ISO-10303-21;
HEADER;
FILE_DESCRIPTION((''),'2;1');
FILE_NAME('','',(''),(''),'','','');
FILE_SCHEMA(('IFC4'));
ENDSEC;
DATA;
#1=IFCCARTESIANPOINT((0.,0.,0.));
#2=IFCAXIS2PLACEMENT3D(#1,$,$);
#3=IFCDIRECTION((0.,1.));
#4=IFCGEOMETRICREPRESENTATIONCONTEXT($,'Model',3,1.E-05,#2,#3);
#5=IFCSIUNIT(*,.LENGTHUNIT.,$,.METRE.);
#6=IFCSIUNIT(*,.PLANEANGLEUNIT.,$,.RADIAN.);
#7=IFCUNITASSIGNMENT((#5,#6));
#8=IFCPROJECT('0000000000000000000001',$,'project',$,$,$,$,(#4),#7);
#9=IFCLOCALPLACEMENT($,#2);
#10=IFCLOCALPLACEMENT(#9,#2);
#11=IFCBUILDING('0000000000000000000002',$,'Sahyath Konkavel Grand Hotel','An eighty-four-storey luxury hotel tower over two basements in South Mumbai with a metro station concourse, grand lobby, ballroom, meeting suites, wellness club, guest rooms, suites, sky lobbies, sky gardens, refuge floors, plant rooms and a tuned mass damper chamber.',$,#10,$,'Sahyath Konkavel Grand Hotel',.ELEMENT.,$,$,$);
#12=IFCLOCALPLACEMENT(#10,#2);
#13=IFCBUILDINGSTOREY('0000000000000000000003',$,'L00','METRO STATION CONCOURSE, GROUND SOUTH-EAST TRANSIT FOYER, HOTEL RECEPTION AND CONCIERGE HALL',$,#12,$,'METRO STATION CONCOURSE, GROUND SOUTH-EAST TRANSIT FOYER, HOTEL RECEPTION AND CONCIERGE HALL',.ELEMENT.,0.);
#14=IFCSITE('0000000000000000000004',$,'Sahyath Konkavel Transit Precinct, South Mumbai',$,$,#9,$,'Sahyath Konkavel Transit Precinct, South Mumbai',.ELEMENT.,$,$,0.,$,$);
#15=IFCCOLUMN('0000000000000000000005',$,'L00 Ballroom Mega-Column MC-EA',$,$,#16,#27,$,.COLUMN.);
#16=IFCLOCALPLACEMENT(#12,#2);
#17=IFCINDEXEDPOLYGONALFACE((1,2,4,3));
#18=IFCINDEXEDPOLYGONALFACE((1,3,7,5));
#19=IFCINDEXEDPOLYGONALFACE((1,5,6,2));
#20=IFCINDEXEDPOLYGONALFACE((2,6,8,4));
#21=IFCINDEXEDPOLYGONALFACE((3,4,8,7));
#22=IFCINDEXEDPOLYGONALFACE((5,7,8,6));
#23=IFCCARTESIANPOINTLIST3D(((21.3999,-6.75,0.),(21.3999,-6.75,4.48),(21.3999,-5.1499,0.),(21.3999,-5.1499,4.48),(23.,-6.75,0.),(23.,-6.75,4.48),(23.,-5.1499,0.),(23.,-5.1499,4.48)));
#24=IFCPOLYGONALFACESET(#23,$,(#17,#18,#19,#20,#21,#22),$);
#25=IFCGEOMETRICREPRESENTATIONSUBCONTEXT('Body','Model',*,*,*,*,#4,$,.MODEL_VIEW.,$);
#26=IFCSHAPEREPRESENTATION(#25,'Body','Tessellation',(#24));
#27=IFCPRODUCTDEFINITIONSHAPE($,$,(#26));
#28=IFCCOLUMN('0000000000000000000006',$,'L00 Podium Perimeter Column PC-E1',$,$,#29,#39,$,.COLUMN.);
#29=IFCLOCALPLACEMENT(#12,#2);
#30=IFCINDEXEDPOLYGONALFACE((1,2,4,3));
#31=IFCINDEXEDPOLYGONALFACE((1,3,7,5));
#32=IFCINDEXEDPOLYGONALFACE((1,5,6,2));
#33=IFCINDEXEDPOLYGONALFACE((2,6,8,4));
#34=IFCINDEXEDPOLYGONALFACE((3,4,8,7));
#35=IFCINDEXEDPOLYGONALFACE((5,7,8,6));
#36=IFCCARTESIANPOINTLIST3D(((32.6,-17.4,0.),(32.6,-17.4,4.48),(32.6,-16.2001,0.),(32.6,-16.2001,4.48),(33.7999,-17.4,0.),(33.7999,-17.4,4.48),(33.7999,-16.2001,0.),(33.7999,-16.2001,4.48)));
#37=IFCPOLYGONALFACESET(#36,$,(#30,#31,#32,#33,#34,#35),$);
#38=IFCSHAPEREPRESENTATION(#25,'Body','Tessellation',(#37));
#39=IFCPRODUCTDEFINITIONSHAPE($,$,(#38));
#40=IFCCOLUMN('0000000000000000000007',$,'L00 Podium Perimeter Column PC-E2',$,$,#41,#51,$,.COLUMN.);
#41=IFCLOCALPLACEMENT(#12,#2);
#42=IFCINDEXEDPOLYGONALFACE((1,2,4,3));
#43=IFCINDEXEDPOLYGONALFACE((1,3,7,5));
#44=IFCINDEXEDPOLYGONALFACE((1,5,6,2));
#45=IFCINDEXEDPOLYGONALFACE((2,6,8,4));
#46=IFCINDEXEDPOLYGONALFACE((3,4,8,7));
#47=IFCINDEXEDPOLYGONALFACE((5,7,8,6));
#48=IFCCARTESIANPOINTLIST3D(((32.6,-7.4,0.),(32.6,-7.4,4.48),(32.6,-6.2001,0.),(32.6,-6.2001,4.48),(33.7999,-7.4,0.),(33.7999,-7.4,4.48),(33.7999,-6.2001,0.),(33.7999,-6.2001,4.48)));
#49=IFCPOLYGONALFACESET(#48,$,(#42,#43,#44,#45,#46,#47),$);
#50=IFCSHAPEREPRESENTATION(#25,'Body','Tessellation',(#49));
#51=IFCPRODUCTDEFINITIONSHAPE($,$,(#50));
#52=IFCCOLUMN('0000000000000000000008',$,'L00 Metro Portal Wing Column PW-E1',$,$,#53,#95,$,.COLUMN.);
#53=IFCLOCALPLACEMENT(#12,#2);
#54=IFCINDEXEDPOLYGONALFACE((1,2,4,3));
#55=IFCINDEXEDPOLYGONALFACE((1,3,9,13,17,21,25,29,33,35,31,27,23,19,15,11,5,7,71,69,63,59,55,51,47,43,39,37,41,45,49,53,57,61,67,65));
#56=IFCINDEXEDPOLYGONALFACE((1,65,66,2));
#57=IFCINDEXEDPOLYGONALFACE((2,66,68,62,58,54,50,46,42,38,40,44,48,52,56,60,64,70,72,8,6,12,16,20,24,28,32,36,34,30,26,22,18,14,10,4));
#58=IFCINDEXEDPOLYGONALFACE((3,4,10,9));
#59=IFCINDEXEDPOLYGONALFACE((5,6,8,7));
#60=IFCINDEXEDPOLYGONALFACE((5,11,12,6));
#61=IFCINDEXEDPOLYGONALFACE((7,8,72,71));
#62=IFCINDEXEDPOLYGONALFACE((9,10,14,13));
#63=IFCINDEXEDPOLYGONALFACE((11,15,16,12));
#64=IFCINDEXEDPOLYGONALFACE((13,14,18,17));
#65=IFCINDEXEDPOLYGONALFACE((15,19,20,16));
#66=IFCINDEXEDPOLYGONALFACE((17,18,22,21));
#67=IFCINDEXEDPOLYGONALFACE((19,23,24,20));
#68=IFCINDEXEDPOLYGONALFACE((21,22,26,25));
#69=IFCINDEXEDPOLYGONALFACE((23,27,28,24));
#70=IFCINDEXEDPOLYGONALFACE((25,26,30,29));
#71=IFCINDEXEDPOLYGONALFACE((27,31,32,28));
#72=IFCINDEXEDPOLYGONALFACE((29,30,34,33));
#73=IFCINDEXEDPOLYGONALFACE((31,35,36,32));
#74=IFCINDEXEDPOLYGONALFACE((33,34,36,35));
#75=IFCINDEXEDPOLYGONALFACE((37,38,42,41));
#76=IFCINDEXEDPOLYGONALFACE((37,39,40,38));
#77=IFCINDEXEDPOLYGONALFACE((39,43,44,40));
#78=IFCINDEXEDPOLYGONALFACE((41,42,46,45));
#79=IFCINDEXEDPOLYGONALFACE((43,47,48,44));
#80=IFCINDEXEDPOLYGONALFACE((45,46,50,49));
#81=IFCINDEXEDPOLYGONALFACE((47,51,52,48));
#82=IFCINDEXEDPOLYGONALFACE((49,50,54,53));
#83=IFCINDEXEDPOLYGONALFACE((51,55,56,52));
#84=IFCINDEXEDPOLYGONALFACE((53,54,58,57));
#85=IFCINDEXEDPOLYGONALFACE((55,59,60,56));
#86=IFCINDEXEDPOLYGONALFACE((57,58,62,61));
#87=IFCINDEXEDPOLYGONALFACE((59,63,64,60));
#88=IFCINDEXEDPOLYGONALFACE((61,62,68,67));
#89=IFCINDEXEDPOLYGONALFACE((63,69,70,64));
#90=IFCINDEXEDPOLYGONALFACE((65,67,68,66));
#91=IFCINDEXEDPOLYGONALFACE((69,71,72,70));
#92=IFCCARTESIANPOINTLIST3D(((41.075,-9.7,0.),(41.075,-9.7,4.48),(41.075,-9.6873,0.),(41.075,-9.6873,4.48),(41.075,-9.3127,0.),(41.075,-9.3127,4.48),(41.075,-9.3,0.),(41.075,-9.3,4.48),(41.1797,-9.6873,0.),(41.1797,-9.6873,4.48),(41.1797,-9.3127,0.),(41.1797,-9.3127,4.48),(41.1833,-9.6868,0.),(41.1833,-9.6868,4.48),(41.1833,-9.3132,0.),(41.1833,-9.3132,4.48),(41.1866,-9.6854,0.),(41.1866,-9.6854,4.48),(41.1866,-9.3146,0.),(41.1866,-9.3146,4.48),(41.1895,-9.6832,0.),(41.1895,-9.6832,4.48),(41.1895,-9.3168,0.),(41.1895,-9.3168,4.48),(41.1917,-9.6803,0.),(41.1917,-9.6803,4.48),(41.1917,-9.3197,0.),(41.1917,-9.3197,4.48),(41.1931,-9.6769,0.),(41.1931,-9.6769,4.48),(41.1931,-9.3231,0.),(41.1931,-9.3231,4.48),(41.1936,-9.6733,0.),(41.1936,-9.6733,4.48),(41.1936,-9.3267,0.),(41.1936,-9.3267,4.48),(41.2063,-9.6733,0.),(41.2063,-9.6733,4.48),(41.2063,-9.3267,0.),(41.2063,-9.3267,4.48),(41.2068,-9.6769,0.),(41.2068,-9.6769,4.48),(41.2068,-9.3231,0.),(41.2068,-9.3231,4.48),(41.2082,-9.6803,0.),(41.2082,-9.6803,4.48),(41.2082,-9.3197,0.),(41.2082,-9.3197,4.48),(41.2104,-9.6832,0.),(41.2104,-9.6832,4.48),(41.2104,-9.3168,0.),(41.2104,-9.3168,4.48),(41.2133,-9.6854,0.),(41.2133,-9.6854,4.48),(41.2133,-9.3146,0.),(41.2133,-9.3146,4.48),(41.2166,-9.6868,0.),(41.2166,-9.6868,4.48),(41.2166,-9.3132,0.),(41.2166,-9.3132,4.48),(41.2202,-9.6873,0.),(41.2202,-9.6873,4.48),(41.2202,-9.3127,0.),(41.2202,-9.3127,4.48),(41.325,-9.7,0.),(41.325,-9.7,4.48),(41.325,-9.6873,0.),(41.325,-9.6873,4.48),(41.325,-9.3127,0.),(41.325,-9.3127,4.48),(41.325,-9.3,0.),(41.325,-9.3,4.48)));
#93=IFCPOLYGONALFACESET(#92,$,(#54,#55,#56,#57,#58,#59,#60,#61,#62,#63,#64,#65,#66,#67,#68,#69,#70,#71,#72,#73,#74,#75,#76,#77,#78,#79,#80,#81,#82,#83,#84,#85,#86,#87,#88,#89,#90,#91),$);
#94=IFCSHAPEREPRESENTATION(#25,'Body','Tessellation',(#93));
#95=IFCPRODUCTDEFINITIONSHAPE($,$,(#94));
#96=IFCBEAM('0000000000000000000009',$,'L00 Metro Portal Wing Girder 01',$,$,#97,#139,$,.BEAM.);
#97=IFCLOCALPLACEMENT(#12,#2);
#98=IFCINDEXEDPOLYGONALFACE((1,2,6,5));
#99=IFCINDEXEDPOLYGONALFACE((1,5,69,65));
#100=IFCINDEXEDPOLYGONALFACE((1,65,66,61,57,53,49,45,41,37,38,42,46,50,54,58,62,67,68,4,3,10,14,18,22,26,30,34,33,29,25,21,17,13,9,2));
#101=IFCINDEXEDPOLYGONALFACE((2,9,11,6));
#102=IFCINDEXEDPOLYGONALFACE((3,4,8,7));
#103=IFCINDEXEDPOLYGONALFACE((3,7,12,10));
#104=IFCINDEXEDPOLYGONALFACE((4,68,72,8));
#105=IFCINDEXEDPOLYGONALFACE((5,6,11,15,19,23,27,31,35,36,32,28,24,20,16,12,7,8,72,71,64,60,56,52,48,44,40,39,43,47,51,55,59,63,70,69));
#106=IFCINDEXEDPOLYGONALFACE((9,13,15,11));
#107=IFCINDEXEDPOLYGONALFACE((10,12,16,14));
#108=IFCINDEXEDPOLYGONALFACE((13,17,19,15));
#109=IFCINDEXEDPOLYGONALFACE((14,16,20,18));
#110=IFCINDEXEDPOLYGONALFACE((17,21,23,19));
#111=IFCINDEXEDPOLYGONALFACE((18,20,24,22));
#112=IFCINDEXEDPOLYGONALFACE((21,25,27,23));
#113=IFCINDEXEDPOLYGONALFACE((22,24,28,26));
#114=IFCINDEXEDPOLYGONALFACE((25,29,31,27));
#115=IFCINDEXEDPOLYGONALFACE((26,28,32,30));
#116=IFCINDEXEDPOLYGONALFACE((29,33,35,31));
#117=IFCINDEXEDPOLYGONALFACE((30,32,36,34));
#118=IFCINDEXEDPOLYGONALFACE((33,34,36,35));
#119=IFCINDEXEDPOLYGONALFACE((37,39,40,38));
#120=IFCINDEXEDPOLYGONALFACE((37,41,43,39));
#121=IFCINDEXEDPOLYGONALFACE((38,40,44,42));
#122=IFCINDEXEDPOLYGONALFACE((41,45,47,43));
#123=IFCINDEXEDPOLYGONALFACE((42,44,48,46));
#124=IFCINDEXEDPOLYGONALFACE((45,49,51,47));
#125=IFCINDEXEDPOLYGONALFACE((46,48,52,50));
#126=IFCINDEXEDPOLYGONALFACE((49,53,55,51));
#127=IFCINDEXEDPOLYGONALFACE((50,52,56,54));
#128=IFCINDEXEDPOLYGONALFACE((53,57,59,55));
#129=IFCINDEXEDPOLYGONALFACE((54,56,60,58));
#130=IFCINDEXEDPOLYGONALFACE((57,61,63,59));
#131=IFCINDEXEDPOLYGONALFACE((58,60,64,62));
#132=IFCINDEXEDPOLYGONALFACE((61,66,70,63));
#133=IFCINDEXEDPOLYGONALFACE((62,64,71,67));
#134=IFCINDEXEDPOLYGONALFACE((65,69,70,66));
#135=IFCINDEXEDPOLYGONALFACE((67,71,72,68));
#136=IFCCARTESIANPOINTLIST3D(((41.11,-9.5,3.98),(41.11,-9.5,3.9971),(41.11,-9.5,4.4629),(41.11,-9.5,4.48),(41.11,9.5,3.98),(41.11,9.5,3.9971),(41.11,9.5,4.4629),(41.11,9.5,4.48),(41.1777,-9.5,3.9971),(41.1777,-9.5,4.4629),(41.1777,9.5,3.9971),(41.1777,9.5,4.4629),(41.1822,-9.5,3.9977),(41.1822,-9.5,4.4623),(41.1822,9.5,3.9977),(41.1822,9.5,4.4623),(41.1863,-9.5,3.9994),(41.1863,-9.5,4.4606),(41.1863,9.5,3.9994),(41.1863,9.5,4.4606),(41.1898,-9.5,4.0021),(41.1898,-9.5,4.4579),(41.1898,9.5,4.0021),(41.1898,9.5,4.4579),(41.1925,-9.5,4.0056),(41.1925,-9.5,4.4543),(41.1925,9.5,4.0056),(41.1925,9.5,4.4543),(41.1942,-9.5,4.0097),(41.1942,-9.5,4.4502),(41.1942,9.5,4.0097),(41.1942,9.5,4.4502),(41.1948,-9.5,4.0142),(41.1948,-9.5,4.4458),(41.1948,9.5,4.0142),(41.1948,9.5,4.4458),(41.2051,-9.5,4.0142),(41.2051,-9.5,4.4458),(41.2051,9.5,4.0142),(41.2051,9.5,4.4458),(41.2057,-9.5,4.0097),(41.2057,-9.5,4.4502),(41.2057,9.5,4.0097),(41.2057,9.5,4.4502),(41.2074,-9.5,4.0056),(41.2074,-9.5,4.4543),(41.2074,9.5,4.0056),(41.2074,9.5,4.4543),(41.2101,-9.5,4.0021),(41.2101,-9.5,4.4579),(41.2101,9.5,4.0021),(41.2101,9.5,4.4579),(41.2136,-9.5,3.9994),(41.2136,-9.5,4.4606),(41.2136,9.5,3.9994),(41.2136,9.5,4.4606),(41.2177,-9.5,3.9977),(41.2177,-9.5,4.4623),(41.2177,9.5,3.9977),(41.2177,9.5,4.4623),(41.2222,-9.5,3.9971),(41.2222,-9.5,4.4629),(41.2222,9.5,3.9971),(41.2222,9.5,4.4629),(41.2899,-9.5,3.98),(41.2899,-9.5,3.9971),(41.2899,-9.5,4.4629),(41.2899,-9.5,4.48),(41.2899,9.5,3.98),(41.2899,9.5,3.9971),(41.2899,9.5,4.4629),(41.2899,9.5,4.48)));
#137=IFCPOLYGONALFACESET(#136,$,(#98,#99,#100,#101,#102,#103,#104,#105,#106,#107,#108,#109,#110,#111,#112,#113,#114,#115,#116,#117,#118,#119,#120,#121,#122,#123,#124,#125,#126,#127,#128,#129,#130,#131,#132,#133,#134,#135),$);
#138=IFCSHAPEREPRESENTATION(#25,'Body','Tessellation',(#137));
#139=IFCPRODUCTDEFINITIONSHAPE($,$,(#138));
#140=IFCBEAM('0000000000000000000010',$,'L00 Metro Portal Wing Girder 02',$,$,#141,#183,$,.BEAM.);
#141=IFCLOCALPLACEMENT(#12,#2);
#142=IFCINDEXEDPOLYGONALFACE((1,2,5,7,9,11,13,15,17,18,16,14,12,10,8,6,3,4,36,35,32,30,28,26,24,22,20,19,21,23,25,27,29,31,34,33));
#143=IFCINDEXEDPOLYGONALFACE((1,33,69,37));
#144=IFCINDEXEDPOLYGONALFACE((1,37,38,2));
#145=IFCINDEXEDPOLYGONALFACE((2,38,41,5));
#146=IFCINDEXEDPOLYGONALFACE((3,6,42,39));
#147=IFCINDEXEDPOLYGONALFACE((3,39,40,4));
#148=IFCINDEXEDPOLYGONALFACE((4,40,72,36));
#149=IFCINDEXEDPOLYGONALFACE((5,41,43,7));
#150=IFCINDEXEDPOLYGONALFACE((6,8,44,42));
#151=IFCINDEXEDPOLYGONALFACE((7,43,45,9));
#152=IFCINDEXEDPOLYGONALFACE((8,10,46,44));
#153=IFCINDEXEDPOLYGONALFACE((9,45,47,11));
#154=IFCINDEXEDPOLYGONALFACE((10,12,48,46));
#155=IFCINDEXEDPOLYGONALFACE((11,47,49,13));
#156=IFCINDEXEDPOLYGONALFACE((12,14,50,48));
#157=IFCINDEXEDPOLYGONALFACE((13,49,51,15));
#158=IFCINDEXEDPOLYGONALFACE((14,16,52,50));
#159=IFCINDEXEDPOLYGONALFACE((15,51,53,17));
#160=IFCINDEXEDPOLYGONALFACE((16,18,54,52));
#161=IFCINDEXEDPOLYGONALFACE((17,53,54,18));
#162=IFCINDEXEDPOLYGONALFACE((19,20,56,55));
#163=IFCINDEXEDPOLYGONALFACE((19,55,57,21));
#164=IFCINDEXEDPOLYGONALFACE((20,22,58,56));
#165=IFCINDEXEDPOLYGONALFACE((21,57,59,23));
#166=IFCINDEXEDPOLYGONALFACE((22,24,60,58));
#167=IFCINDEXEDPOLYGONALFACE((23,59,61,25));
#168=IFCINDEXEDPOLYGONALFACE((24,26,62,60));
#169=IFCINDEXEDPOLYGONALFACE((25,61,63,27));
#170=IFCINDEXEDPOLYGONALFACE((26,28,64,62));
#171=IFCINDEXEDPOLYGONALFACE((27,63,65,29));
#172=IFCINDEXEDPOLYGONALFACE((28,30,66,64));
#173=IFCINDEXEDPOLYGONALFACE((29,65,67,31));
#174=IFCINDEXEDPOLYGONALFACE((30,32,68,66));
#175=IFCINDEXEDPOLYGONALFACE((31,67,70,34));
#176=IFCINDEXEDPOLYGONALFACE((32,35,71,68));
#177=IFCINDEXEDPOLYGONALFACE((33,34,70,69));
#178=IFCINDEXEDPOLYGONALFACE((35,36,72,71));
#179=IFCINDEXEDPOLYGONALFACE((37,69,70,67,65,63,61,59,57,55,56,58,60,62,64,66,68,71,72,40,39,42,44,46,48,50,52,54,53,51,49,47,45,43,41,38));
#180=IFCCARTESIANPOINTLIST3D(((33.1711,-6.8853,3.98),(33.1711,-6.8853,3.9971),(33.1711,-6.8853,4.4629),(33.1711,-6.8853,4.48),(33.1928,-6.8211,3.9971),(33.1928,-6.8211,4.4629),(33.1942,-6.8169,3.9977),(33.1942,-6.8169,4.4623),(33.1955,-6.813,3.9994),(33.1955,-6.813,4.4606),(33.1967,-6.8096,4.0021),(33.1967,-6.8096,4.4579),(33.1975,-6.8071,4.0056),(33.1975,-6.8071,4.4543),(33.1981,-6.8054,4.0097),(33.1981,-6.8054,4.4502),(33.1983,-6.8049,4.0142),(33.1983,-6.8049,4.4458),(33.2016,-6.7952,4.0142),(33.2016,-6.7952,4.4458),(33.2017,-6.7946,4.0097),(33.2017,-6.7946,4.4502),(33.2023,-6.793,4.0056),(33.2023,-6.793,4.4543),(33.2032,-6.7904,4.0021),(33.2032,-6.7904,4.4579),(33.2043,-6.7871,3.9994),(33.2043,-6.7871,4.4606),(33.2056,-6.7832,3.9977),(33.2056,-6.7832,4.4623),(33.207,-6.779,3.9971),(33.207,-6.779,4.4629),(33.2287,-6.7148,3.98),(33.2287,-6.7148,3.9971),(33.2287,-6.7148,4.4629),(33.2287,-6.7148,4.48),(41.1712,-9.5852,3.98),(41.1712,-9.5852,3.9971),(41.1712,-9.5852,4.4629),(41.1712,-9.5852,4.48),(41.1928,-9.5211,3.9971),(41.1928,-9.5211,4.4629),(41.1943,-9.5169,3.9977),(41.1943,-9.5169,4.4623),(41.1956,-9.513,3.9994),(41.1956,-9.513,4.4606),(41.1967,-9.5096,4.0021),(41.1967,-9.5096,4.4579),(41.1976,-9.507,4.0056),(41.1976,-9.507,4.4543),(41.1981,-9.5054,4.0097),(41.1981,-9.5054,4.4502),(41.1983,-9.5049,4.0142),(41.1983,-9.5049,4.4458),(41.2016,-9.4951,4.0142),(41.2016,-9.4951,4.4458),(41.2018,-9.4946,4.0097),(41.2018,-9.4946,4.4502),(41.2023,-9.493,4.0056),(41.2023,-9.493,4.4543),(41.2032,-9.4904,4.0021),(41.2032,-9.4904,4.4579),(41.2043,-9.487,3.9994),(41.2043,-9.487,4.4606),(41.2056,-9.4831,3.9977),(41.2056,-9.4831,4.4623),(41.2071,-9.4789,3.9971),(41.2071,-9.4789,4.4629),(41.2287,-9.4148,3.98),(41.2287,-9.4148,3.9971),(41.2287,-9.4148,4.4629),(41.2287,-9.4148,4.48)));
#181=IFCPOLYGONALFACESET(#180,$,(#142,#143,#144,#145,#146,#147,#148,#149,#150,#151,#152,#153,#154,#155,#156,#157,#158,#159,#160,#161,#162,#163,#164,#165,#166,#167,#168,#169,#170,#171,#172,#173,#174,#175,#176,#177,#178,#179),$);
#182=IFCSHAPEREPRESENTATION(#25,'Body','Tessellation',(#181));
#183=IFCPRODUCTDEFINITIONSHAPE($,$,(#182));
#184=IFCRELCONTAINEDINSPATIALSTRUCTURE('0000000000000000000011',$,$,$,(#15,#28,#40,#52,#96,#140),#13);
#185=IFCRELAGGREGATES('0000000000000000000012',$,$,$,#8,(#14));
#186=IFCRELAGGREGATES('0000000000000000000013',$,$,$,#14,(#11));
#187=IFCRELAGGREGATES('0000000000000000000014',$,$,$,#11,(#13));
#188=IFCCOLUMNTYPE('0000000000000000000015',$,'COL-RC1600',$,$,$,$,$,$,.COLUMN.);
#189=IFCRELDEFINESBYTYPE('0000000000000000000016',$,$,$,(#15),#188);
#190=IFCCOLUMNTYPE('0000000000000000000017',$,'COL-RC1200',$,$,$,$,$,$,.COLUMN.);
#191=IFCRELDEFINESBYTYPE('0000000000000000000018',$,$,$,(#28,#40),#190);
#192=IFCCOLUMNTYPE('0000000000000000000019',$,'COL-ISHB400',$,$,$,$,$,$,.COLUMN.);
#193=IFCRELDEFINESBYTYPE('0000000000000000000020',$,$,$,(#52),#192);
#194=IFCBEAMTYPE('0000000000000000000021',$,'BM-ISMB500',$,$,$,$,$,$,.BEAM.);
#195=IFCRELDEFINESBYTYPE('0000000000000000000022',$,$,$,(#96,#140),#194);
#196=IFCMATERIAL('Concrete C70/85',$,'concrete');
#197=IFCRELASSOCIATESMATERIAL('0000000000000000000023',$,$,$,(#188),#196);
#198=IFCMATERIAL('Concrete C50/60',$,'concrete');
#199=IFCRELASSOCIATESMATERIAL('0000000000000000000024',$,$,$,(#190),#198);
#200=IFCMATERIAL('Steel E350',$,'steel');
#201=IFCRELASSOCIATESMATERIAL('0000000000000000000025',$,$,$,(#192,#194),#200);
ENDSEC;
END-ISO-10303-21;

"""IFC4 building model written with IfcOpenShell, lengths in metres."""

from ifc_helpers import new_model, si_unit, direction, frame, origin, origin_2d, place, context, subcontext, project, spatial, rectangle, i_section, extrude, source, transform, mapped, material, material_profile, profile_set, type_object, element, save


model = new_model("IFC4")

# Units and contexts
model_context = context("Model", 3, precision=1e-05, world=origin(), true_north=direction((0.0, 1.0)))
body_context = subcontext(model_context, "Body", "Model", "MODEL_VIEW")
ifc_project = project(units=[si_unit("LENGTHUNIT", "METRE"), si_unit("PLANEANGLEUNIT", "RADIAN")], contexts=[model_context])

# Site, building, storey
site_placement = place(None, origin())
site = spatial("IfcSite", under=ifc_project, at=site_placement, Name="Sahyath Konkavel Transit Precinct, South Mumbai", LongName="Sahyath Konkavel Transit Precinct, South Mumbai", CompositionType="ELEMENT", RefElevation=0.0)
building_placement = place(site_placement, origin())
building = spatial("IfcBuilding", under=site, at=building_placement, Name="Sahyath Konkavel Grand Hotel", Description="An eighty-four-storey luxury hotel tower over two basements in South Mumbai with a metro station concourse, grand lobby, ballroom, meeting suites, wellness club, guest rooms, suites, sky lobbies, sky gardens, refuge floors, plant rooms and a tuned mass damper chamber.", LongName="Sahyath Konkavel Grand Hotel", CompositionType="ELEMENT")
storey_placement = place(building_placement, origin())
storey = spatial("IfcBuildingStorey", under=building, at=storey_placement, Name="L00", Description="METRO STATION CONCOURSE, GROUND SOUTH-EAST TRANSIT FOYER, HOTEL RECEPTION AND CONCIERGE HALL", LongName="METRO STATION CONCOURSE, GROUND SOUTH-EAST TRANSIT FOYER, HOTEL RECEPTION AND CONCIERGE HALL", CompositionType="ELEMENT", Elevation=0.0)

# Columns
ifc_material_1 = material(Name="Concrete C70/85", Category="concrete")
ifc_material_profile_1 = material_profile(ifc_material_1, rectangle(XDim=1.6001, YDim=1.6001, at=origin_2d()), Name="RC 1600x1600")
ifc_profile_set_1 = profile_set([ifc_material_profile_1], Name="Concrete C70/85")
column_type_1 = type_object("IfcColumnType", Name="COL-RC1600", PredefinedType="COLUMN", material=ifc_profile_set_1)
shared_shape_1 = source(origin(), body_context, "Body", "SweptSolid", [
    extrude(rectangle(XDim=1.6001, YDim=1.6001, at=origin_2d()), origin(), (0.0, 0.0, 1.0), 4.48),
])
column_1_placement = place(storey_placement, frame((22.2, -5.95, 0.0), z_axis=(0.0, 0.0, 1.0), x_axis=(1.0, 0.0, 0.0)))
element("IfcColumn", 1, at=column_1_placement, inside=storey, type_object=column_type_1, Name="L00 Ballroom Mega-Column MC-EA", PredefinedType="COLUMN", context=body_context, shape_type="MappedRepresentation", body=[
    mapped(shared_shape_1, transform((0.0, 0.0, 0.0), scale=1.0)),
])
ifc_material_2 = material(Name="Concrete C50/60", Category="concrete")
ifc_material_profile_2 = material_profile(ifc_material_2, rectangle(XDim=1.2, YDim=1.2, at=origin_2d()), Name="RC 1200x1200")
ifc_profile_set_2 = profile_set([ifc_material_profile_2], Name="Concrete C50/60")
column_type_2 = type_object("IfcColumnType", Name="COL-RC1200", PredefinedType="COLUMN", material=ifc_profile_set_2)
shared_shape_2 = source(origin(), body_context, "Body", "SweptSolid", [
    extrude(rectangle(XDim=1.2, YDim=1.2, at=origin_2d()), origin(), (0.0, 0.0, 1.0), 4.48),
])
for number, where, z_axis, x_axis, name in (
    (2, (33.2, -16.8, 0.0), (0.0, 0.0, 1.0), (1.0, 0.0, 0.0), "L00 Podium Perimeter Column PC-E1"),
    (3, (33.2, -6.8, 0.0), (0.0, 0.0, 1.0), (1.0, 0.0, 0.0), "L00 Podium Perimeter Column PC-E2"),
):
    element("IfcColumn", number, at=place(storey_placement, frame(where, z_axis=z_axis, x_axis=x_axis)), inside=storey, type_object=column_type_2, Name=name, PredefinedType="COLUMN", context=body_context, shape_type="MappedRepresentation", body=[
        mapped(shared_shape_2, transform((0.0, 0.0, 0.0), scale=1.0)),
    ])
ifc_material_3 = material(Name="Steel E350", Category="steel")
ifc_material_profile_3 = material_profile(ifc_material_3, i_section(OverallWidth=0.25, OverallDepth=0.3999, WebThickness=0.0127, FlangeThickness=0.0127, FilletRadius=0.0139, at=origin_2d()), Name="ISHB 400")
ifc_profile_set_3 = profile_set([ifc_material_profile_3], Name="Steel E350")
column_type_3 = type_object("IfcColumnType", Name="COL-ISHB400", PredefinedType="COLUMN", material=ifc_profile_set_3)
shared_shape_3 = source(origin(), body_context, "Body", "SweptSolid", [
    extrude(i_section(OverallWidth=0.25, OverallDepth=0.3999, WebThickness=0.0127, FlangeThickness=0.0127, FilletRadius=0.0139, at=origin_2d()), origin(), (0.0, 0.0, 1.0), 4.48),
])
column_2_placement = place(storey_placement, frame((41.2, -9.5, 0.0), z_axis=(0.0, 0.0, 1.0), x_axis=(1.0, 0.0, 0.0)))
element("IfcColumn", 4, at=column_2_placement, inside=storey, type_object=column_type_3, Name="L00 Metro Portal Wing Column PW-E1", PredefinedType="COLUMN", context=body_context, shape_type="MappedRepresentation", body=[
    mapped(shared_shape_3, transform((0.0, 0.0, 0.0), scale=1.0)),
])

# Beams
ifc_material_profile_4 = material_profile(ifc_material_3, i_section(OverallWidth=0.1799, OverallDepth=0.5, WebThickness=0.0103, FlangeThickness=0.0171, FilletRadius=0.0171, at=origin_2d()), Name="ISMB 500")
ifc_profile_set_4 = profile_set([ifc_material_profile_4], Name="Steel E350")
beam_type_1 = type_object("IfcBeamType", Name="BM-ISMB500", PredefinedType="BEAM", material=ifc_profile_set_4)
shared_shape_4 = source(origin(), body_context, "Body", "SweptSolid", [
    extrude(i_section(OverallWidth=0.1799, OverallDepth=0.5, WebThickness=0.0103, FlangeThickness=0.0171, FilletRadius=0.0171, at=origin_2d()), origin(), (0.0, 0.0, 1.0), 19.0),
])
beam_1_placement = place(storey_placement, frame((41.2, -9.5, 4.23), z_axis=(0.0, 1.0, 0.0), x_axis=(-1.0, 0.0, 0.0)))
element("IfcBeam", 5, at=beam_1_placement, inside=storey, type_object=beam_type_1, Name="L00 Metro Portal Wing Girder 01", PredefinedType="BEAM", context=body_context, shape_type="MappedRepresentation", body=[
    mapped(shared_shape_4, transform((0.0, 0.0, 0.0), scale=1.0)),
])
shared_shape_5 = source(origin(), body_context, "Body", "SweptSolid", [
    extrude(i_section(OverallWidth=0.1799, OverallDepth=0.5, WebThickness=0.0103, FlangeThickness=0.0171, FilletRadius=0.0171, at=origin_2d()), origin(), (0.0, 0.0, 1.0), 8.4434),
])
beam_2_placement = place(storey_placement, frame((41.2, -9.5, 4.23), z_axis=(-0.947494, 0.319773, 0.0), x_axis=(-0.319773, -0.947494, 0.0)))
element("IfcBeam", 6, at=beam_2_placement, inside=storey, type_object=beam_type_1, Name="L00 Metro Portal Wing Girder 02", PredefinedType="BEAM", context=body_context, shape_type="MappedRepresentation", body=[
    mapped(shared_shape_5, transform((0.0, 0.0, 0.0), scale=1.0)),
])

save(model, "model.ifc")
